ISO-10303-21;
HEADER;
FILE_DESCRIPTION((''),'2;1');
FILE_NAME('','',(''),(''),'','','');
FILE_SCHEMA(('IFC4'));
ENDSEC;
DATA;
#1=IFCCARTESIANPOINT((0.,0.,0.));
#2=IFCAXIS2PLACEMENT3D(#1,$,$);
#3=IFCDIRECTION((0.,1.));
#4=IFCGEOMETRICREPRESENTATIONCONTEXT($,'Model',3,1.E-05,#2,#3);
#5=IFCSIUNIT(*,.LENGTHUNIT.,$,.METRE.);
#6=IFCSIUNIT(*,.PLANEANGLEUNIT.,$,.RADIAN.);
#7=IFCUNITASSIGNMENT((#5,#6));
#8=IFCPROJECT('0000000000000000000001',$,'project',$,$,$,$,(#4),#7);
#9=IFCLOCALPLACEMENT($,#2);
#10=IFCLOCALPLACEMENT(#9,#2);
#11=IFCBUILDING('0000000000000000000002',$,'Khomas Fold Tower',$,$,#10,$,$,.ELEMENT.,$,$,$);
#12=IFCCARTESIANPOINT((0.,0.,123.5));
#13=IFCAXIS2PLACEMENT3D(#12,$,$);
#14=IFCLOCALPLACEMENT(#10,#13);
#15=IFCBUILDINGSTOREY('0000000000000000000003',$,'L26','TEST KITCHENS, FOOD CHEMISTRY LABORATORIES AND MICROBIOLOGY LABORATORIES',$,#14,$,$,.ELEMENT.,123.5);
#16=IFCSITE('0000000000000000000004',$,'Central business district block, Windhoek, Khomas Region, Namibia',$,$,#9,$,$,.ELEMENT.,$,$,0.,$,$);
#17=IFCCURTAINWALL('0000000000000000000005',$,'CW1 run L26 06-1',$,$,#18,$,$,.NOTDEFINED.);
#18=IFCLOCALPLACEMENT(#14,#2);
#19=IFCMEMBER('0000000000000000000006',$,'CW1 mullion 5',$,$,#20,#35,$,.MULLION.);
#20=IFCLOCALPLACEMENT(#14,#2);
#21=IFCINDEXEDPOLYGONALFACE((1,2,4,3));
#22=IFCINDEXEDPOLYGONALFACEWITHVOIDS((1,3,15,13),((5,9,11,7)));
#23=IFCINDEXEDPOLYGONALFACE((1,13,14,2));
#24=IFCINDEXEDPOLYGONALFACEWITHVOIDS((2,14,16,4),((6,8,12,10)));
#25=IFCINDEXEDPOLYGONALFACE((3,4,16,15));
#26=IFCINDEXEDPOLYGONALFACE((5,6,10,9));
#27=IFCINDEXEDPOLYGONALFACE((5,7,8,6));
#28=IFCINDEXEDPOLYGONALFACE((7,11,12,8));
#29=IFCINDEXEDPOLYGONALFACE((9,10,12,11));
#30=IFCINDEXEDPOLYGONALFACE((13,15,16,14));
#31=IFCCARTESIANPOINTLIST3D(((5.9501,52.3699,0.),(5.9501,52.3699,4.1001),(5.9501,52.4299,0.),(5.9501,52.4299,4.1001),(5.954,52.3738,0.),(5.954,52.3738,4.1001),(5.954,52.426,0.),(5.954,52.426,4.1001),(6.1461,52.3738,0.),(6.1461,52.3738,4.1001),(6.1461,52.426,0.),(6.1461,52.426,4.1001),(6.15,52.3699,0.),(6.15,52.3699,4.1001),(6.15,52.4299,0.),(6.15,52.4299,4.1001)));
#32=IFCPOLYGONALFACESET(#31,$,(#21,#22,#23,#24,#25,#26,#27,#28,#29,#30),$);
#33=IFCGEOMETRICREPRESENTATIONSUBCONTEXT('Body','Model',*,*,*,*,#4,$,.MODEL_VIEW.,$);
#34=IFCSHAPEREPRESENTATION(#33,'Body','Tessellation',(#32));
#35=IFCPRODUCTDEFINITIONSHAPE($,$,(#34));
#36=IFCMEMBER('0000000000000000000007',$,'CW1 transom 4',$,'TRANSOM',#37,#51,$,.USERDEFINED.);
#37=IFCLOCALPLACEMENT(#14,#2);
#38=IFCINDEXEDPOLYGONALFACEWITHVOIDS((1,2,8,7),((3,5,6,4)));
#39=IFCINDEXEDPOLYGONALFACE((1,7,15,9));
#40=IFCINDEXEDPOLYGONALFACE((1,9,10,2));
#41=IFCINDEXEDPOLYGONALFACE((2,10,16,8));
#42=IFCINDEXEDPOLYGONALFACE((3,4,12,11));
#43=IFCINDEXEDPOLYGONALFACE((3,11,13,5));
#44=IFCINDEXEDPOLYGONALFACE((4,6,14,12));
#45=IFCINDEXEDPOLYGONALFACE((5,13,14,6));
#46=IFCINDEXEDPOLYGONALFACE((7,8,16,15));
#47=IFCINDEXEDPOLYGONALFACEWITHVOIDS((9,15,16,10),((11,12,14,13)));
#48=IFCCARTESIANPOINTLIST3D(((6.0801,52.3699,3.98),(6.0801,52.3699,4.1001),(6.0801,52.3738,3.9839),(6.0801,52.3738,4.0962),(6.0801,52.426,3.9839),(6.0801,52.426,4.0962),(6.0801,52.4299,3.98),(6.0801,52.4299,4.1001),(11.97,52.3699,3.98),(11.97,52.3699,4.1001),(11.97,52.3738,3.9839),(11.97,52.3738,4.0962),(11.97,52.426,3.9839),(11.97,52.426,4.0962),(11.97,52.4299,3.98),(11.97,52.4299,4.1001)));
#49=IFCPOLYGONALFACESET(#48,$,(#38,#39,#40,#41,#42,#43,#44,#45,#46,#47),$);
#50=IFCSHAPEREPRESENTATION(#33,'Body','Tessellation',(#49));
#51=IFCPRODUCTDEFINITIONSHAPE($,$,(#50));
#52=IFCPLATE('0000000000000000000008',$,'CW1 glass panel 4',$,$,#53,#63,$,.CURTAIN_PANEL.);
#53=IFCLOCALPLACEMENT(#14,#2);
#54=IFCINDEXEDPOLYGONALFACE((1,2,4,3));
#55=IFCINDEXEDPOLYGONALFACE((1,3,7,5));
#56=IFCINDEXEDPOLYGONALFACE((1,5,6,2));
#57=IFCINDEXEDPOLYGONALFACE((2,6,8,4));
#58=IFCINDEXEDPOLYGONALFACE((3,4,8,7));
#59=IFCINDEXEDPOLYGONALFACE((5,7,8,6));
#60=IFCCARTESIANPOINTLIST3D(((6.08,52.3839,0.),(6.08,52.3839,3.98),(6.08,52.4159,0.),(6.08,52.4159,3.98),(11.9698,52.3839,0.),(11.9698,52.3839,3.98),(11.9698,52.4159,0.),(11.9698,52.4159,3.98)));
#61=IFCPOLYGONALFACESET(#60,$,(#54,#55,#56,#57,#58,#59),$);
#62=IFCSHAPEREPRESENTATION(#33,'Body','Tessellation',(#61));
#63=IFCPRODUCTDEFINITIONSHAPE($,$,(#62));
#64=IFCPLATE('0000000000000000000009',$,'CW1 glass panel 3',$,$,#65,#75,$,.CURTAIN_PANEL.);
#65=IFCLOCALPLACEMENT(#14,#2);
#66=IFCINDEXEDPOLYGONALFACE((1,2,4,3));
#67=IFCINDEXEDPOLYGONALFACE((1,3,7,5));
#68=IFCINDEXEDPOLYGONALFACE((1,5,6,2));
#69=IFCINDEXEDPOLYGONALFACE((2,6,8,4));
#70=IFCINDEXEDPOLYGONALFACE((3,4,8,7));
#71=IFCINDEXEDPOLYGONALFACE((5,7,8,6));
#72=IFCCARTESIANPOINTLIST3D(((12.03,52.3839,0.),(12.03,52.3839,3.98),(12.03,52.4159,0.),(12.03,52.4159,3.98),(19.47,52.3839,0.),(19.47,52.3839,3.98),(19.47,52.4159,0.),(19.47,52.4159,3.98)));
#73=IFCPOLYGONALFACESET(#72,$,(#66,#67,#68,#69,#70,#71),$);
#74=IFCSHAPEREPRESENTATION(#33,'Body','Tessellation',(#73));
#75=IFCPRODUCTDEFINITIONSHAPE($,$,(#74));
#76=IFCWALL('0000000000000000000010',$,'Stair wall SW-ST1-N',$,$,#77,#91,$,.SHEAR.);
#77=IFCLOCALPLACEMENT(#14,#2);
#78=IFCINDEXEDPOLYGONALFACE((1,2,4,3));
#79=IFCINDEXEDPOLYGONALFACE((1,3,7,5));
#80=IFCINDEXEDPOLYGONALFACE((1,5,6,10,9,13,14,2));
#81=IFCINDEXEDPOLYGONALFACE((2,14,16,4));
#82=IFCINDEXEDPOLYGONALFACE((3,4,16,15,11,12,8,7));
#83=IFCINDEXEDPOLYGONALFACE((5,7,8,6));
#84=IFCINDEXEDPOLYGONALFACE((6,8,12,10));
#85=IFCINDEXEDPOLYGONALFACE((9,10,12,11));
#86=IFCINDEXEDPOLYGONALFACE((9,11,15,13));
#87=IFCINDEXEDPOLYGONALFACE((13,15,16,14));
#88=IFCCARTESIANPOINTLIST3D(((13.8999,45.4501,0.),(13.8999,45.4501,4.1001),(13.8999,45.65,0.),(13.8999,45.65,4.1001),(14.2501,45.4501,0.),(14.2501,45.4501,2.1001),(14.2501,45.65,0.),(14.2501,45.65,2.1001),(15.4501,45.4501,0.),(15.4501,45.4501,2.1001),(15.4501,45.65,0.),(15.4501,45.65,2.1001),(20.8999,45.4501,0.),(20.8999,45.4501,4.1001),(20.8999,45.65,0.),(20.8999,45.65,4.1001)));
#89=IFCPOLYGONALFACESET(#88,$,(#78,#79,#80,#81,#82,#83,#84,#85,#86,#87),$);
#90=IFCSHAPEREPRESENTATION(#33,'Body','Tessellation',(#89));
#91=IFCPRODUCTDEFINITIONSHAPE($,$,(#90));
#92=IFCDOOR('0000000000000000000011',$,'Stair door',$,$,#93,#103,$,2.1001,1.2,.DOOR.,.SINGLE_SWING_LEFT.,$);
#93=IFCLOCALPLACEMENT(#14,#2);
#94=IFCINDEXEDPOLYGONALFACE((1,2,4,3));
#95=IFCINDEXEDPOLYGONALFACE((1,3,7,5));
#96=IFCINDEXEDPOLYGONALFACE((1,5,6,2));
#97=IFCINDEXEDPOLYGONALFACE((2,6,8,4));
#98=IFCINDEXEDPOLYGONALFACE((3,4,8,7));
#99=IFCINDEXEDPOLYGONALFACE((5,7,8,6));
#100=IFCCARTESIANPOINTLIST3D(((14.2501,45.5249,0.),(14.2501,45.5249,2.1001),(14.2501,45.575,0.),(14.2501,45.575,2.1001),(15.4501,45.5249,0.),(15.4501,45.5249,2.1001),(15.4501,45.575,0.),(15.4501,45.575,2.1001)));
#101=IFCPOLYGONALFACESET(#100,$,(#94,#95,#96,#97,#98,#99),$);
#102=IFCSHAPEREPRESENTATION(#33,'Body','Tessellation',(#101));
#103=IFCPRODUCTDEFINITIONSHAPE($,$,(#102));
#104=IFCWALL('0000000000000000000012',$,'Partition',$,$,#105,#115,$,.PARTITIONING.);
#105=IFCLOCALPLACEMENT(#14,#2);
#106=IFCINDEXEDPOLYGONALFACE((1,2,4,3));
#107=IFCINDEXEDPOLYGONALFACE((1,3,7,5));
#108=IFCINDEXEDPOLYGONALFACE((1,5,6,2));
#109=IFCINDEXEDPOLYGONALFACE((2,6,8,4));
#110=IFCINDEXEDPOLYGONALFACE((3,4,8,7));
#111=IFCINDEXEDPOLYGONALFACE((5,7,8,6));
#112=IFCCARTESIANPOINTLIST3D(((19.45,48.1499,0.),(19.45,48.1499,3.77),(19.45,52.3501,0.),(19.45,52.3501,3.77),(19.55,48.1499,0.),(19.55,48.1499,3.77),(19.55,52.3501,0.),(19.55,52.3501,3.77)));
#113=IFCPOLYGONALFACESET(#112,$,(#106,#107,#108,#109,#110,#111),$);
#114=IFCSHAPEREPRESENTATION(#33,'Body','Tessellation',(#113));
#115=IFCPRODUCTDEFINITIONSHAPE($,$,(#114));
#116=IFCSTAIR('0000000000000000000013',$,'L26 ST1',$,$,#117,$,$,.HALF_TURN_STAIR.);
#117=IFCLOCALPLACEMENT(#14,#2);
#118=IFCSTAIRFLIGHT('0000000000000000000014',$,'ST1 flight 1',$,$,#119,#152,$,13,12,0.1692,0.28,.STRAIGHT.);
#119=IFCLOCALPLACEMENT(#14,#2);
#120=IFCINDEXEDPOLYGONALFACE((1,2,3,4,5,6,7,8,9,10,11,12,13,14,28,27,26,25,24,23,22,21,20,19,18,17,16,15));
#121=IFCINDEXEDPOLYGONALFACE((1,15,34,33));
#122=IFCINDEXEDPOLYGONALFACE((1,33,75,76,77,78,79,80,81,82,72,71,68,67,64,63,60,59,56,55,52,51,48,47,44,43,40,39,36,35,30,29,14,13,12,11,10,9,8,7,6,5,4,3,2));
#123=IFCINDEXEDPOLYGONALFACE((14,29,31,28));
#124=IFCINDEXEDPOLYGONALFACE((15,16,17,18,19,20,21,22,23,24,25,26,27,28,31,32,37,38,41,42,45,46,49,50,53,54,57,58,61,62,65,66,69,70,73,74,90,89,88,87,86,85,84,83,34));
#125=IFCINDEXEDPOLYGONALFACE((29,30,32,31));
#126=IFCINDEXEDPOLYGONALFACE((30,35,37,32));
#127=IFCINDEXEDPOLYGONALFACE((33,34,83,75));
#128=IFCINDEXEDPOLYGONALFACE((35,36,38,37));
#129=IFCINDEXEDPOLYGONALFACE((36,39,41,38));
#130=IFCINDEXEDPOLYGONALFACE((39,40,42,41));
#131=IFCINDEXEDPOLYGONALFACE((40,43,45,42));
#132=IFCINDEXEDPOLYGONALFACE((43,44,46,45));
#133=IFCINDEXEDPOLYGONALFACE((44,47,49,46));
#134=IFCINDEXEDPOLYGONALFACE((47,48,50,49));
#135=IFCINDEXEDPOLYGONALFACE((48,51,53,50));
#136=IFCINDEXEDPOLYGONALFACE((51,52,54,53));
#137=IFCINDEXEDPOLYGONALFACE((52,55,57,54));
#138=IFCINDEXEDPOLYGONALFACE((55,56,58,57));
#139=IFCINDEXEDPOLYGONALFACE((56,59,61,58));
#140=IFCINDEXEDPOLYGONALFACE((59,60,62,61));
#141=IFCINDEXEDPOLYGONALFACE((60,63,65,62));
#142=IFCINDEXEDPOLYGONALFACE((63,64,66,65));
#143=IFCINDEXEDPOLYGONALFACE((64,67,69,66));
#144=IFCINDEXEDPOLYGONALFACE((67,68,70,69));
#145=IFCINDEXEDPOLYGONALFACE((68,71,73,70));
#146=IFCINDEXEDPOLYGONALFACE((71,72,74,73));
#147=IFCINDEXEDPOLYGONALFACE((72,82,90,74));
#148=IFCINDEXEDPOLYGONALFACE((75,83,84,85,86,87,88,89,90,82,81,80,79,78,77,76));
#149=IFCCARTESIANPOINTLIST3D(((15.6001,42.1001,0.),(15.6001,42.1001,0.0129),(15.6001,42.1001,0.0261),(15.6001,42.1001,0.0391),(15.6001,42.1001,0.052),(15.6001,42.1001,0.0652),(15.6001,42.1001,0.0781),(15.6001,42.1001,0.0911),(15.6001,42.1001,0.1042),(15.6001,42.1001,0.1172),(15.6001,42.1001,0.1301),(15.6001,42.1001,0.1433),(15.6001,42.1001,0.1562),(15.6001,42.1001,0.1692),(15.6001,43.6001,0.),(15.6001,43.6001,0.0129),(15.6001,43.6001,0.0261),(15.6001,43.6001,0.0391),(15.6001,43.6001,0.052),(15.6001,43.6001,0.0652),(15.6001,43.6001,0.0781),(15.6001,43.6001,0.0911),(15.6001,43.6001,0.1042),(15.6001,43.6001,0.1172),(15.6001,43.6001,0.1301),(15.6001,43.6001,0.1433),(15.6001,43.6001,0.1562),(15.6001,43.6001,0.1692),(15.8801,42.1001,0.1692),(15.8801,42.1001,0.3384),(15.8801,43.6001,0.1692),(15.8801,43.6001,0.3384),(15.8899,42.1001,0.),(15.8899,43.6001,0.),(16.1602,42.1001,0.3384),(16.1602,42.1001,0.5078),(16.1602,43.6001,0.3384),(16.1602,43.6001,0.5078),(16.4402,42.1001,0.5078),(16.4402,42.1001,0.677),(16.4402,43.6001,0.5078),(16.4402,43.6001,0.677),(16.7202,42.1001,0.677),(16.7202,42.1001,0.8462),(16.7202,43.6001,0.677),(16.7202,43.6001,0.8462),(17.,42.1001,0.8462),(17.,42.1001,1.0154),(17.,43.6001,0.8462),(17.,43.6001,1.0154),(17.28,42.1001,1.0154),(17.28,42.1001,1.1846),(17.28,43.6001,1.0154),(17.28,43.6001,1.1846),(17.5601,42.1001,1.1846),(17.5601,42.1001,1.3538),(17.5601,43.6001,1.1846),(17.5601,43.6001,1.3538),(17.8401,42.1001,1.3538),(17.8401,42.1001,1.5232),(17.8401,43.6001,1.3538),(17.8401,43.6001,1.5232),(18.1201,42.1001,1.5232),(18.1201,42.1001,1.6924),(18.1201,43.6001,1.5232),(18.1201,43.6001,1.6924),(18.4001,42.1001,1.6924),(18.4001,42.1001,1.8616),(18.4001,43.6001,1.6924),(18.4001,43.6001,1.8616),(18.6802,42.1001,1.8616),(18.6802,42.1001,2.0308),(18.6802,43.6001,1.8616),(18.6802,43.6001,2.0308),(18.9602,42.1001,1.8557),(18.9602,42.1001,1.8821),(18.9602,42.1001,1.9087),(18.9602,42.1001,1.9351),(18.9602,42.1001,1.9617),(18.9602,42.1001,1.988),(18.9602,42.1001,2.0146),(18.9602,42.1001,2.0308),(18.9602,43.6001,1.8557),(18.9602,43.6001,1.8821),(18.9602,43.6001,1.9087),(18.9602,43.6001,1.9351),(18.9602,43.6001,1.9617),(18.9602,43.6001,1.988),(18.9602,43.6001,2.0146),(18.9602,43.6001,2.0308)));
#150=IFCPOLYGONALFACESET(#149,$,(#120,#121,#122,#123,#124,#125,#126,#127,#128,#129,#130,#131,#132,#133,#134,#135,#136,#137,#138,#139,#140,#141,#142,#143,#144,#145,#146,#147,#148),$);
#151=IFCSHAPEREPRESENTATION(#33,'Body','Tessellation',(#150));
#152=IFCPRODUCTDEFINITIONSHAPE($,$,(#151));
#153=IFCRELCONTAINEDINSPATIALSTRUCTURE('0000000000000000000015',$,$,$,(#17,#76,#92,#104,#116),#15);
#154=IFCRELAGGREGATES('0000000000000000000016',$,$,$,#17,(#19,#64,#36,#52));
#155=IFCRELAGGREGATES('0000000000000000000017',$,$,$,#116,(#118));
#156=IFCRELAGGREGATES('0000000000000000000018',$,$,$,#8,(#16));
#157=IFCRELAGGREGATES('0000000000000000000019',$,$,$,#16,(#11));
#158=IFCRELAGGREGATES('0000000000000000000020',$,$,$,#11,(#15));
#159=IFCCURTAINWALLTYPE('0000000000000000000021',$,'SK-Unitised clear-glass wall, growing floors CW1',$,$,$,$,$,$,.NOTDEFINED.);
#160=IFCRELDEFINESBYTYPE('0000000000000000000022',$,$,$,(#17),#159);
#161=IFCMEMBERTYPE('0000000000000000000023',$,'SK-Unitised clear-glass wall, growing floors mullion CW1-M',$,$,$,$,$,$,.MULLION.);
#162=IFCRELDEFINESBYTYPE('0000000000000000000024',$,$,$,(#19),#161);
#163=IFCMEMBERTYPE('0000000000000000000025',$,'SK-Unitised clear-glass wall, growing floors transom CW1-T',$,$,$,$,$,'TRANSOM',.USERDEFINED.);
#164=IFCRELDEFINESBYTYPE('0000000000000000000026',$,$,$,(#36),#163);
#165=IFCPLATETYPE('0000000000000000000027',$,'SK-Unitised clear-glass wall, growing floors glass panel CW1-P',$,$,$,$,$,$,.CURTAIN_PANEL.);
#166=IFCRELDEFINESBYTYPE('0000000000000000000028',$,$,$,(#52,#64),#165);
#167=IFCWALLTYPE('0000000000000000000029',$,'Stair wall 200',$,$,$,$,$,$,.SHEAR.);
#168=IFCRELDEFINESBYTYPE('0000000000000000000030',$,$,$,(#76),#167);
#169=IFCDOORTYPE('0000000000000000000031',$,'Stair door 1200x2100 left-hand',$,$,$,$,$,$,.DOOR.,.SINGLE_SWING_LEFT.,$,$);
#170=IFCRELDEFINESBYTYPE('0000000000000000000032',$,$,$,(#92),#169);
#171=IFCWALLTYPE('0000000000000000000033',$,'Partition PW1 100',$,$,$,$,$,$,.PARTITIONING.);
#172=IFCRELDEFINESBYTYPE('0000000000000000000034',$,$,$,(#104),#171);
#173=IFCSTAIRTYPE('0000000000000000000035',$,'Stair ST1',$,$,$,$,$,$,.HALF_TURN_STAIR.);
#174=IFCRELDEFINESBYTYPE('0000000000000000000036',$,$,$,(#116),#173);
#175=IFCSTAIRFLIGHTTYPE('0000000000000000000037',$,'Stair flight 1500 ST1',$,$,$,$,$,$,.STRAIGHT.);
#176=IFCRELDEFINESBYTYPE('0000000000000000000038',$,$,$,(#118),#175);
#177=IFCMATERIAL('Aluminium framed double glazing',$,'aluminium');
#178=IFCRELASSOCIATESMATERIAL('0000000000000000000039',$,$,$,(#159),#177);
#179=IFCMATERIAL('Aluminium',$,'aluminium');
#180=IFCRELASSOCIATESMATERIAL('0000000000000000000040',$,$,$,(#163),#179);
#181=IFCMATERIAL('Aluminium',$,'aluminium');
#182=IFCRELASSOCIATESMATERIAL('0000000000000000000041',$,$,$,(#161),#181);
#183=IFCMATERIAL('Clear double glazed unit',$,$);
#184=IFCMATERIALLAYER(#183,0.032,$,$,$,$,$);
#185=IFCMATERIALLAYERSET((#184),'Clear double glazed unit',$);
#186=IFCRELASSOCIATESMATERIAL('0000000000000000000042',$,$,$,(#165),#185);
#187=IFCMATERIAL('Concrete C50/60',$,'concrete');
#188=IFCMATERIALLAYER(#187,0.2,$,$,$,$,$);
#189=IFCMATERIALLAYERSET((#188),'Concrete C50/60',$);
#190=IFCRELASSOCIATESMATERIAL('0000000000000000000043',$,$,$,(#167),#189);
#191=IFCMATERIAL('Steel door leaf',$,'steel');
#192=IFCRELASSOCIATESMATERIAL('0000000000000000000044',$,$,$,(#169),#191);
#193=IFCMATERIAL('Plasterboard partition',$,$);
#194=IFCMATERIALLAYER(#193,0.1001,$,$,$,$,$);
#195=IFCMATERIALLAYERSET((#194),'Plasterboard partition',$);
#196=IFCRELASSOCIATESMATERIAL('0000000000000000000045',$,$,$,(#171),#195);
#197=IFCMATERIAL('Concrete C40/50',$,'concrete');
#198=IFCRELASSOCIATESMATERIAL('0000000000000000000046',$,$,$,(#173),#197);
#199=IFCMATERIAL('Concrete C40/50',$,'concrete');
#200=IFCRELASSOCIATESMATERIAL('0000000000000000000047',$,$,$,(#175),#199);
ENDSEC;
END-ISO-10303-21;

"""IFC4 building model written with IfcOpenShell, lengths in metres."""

from ifc_helpers import new_model, si_unit, direction, frame, frame_2d, origin, origin_2d, place, context, subcontext, project, spatial, polyline, rectangle, hollow_rectangle, outline, extrude, source, transform, mapped, material, layer, layer_set, material_profile, profile_set, type_object, element, fill, aggregate, save


model = new_model("IFC4")

# Units and contexts
model_context = context("Model", 3, precision=1e-05, world=origin(), true_north=direction((0.0, 1.0)))
body_context = subcontext(model_context, "Body", "Model", "MODEL_VIEW")
ifc_project = project(units=[si_unit("LENGTHUNIT", "METRE"), si_unit("PLANEANGLEUNIT", "RADIAN")], contexts=[model_context])

# Site, building, storey
site_placement = place(None, origin())
site = spatial("IfcSite", under=ifc_project, at=site_placement, Name="Central business district block, Windhoek, Khomas Region, Namibia", CompositionType="ELEMENT", RefElevation=0.0)
building_placement = place(site_placement, origin())
building = spatial("IfcBuilding", under=site, at=building_placement, Name="Khomas Fold Tower", CompositionType="ELEMENT")
storey_placement = place(building_placement, frame((0.0, 0.0, 123.5)))
storey = spatial("IfcBuildingStorey", under=building, at=storey_placement, Name="L26", Description="TEST KITCHENS, FOOD CHEMISTRY LABORATORIES AND MICROBIOLOGY LABORATORIES", CompositionType="ELEMENT", Elevation=123.5)

# Curtain wall, members, plates
ifc_material_1 = material(Name="Aluminium framed double glazing", Category="aluminium")
curtain_wall_type = type_object("IfcCurtainWallType", Name="SK-Unitised clear-glass wall, growing floors CW1", PredefinedType="NOTDEFINED", material=ifc_material_1)
curtain_wall_placement = place(storey_placement, origin())
curtain_wall = element("IfcCurtainWall", 1, at=curtain_wall_placement, inside=storey, type_object=curtain_wall_type, Name="CW1 run L26 06-1", PredefinedType="NOTDEFINED")
ifc_material_2 = material(Name="Aluminium", Category="aluminium")
ifc_material_profile_1 = material_profile(ifc_material_2, hollow_rectangle(XDim=0.0601, YDim=0.1201, WallThickness=0.0039, at=origin_2d()), Name="SK-Unitised clear-glass wall, growing floors transom CW1-T")
ifc_profile_set_1 = profile_set([ifc_material_profile_1], Name="Aluminium")
member_type_1 = type_object("IfcMemberType", Name="SK-Unitised clear-glass wall, growing floors transom CW1-T", ElementType="TRANSOM", PredefinedType="USERDEFINED", material=ifc_profile_set_1)
ifc_material_3 = material(Name="Aluminium", Category="aluminium")
ifc_material_profile_2 = material_profile(ifc_material_3, hollow_rectangle(XDim=0.0601, YDim=0.2, WallThickness=0.0039, at=origin_2d()), Name="SK-Unitised clear-glass wall, growing floors mullion CW1-M")
ifc_profile_set_2 = profile_set([ifc_material_profile_2], Name="Aluminium")
member_type_2 = type_object("IfcMemberType", Name="SK-Unitised clear-glass wall, growing floors mullion CW1-M", PredefinedType="MULLION", material=ifc_profile_set_2)
shared_shape_1 = source(origin(), body_context, "Body", "SweptSolid", [
    extrude(hollow_rectangle(XDim=0.0601, YDim=0.2, WallThickness=0.0039, at=origin_2d()), origin(), (0.0, 0.0, 1.0), 4.1001),
])
member_1_placement = place(storey_placement, frame((6.05, 52.3999, 0.0), z_axis=(0.0, 0.0, 1.0), x_axis=(0.0, -1.0, 0.0)))
member_1 = element("IfcMember", 2, at=member_1_placement, type_object=member_type_2, Name="CW1 mullion 5", PredefinedType="MULLION", context=body_context, shape_type="MappedRepresentation", body=[
    mapped(shared_shape_1, transform((0.0, 0.0, 0.0))),
])
shared_shape_2 = source(origin(), body_context, "Body", "SweptSolid", [
    extrude(hollow_rectangle(XDim=0.0601, YDim=0.1201, WallThickness=0.0039, at=origin_2d()), origin(), (0.0, 0.0, 1.0), 5.8899),
])
member_2_placement = place(storey_placement, frame((11.97, 52.3999, 4.04), z_axis=(-1.0, 0.0, 0.0), x_axis=(0.0, -1.0, 0.0)))
member_2 = element("IfcMember", 3, at=member_2_placement, type_object=member_type_1, Name="CW1 transom 4", ObjectType="TRANSOM", PredefinedType="USERDEFINED", context=body_context, shape_type="MappedRepresentation", body=[
    mapped(shared_shape_2, transform((0.0, 0.0, 0.0))),
])
ifc_material_4 = material(Name="Clear double glazed unit")
ifc_layer_1 = layer(ifc_material_4, 0.032)
ifc_layer_set_1 = layer_set([ifc_layer_1], Name="Clear double glazed unit")
plate_type = type_object("IfcPlateType", Name="SK-Unitised clear-glass wall, growing floors glass panel CW1-P", PredefinedType="CURTAIN_PANEL", material=ifc_layer_set_1)
shared_shape_3 = source(origin(), body_context, "Body", "SweptSolid", [
    extrude(rectangle(XDim=5.8899, YDim=0.032, at=origin_2d()), origin(), (0.0, 0.0, 1.0), 3.98),
])
plate_1_placement = place(storey_placement, frame((9.0249, 52.3999, 0.0), z_axis=(0.0, 0.0, 1.0), x_axis=(-1.0, 0.0, 0.0)))
plate_1 = element("IfcPlate", 4, at=plate_1_placement, type_object=plate_type, Name="CW1 glass panel 4", PredefinedType="CURTAIN_PANEL", context=body_context, shape_type="MappedRepresentation", body=[
    mapped(shared_shape_3, transform((0.0, 0.0, 0.0))),
])
shared_shape_4 = source(origin(), body_context, "Body", "SweptSolid", [
    extrude(rectangle(XDim=7.4399, YDim=0.032, at=origin_2d()), origin(), (0.0, 0.0, 1.0), 3.98),
])
plate_2_placement = place(storey_placement, frame((15.75, 52.3999, 0.0), z_axis=(0.0, 0.0, 1.0), x_axis=(-1.0, 0.0, 0.0)))
plate_2 = element("IfcPlate", 5, at=plate_2_placement, type_object=plate_type, Name="CW1 glass panel 3", PredefinedType="CURTAIN_PANEL", context=body_context, shape_type="MappedRepresentation", body=[
    mapped(shared_shape_4, transform((0.0, 0.0, 0.0))),
])
aggregate(curtain_wall, [member_1, plate_2, member_2, plate_1])

# Wall, opening, door
ifc_material_5 = material(Name="Concrete C50/60", Category="concrete")
ifc_layer_2 = layer(ifc_material_5, 0.2)
ifc_layer_set_2 = layer_set([ifc_layer_2], Name="Concrete C50/60")
wall_type_1 = type_object("IfcWallType", Name="Stair wall 200", PredefinedType="SHEAR", material=ifc_layer_set_2)
shared_shape_5 = source(origin(), body_context, "Body", "SweptSolid", [
    extrude(rectangle(XDim=7.0, YDim=0.2, at=frame_2d((3.5, 0.0))), origin(), (0.0, 0.0, 1.0), 4.1001),
])
wall_1_placement = place(storey_placement, frame((13.8999, 45.55, 0.0), z_axis=(0.0, 0.0, 1.0), x_axis=(1.0, 0.0, 0.0)))
wall_1 = element("IfcWall", 6, at=wall_1_placement, inside=storey, type_object=wall_type_1, Name="Stair wall SW-ST1-N", PredefinedType="SHEAR", context=body_context, shape_type="MappedRepresentation", body=[
    mapped(shared_shape_5, transform((0.0, 0.0, 0.0))),
])
shared_shape_6 = source(origin(), body_context, "Body", "SweptSolid", [
    extrude(rectangle(XDim=1.2, YDim=2.1001, at=frame_2d((0.6001, 1.05))), frame((0.0, 0.1099, 0.0), z_axis=(0.0, -1.0, 0.0), x_axis=(1.0, 0.0, 0.0)), (0.0, 0.0, 1.0), 0.22),
])
opening_placement = place(wall_1_placement, frame((0.3501, 0.0, 0.0)))
opening = element("IfcOpeningElement", 7, at=opening_placement, cuts=wall_1, PredefinedType="OPENING", context=body_context, shape_type="MappedRepresentation", body=[
    mapped(shared_shape_6, transform((0.0, 0.0, 0.0))),
])
ifc_material_6 = material(Name="Steel door leaf", Category="steel")
door_type = type_object("IfcDoorType", Name="Stair door 1200x2100 left-hand", OperationType="SINGLE_SWING_LEFT", PredefinedType="DOOR", material=ifc_material_6)
shared_shape_7 = source(origin(), body_context, "Body", "SweptSolid", [
    extrude(rectangle(XDim=1.2, YDim=2.1001, at=frame_2d((0.6001, 1.05))), frame((0.0, 0.0249, 0.0), z_axis=(0.0, -1.0, 0.0), x_axis=(1.0, 0.0, 0.0)), (0.0, 0.0, 1.0), 0.05),
])
door_placement = place(opening_placement, origin())
door = element("IfcDoor", 8, at=door_placement, inside=storey, type_object=door_type, Name="Stair door", OperationType="SINGLE_SWING_LEFT", OverallHeight=2.1001, OverallWidth=1.2, PredefinedType="DOOR", context=body_context, shape_type="MappedRepresentation", body=[
    mapped(shared_shape_7, transform((0.0, 0.0, 0.0))),
])
fill(opening, door)

# Wall
ifc_material_7 = material(Name="Plasterboard partition")
ifc_layer_3 = layer(ifc_material_7, 0.1001)
ifc_layer_set_3 = layer_set([ifc_layer_3], Name="Plasterboard partition")
wall_type_2 = type_object("IfcWallType", Name="Partition PW1 100", PredefinedType="PARTITIONING", material=ifc_layer_set_3)
shared_shape_8 = source(origin(), body_context, "Body", "SweptSolid", [
    extrude(rectangle(XDim=4.2002, YDim=0.1001, at=frame_2d((2.1001, 0.0))), origin(), (0.0, 0.0, 1.0), 3.77),
])
wall_2_placement = place(storey_placement, frame((19.5, 48.1499, 0.0), z_axis=(0.0, 0.0, 1.0), x_axis=(0.0, 1.0, 0.0)))
element("IfcWall", 9, at=wall_2_placement, inside=storey, type_object=wall_type_2, Name="Partition", PredefinedType="PARTITIONING", context=body_context, shape_type="MappedRepresentation", body=[
    mapped(shared_shape_8, transform((0.0, 0.0, 0.0))),
])

# Stair, stair flight
ifc_material_8 = material(Name="Concrete C40/50", Category="concrete")
stair_type = type_object("IfcStairType", Name="Stair ST1", PredefinedType="HALF_TURN_STAIR", material=ifc_material_8)
stair_placement = place(storey_placement, origin())
stair = element("IfcStair", 10, at=stair_placement, inside=storey, type_object=stair_type, Name="L26 ST1", PredefinedType="HALF_TURN_STAIR")
ifc_material_9 = material(Name="Concrete C40/50", Category="concrete")
stair_flight_type = type_object("IfcStairFlightType", Name="Stair flight 1500 ST1", PredefinedType="STRAIGHT", material=ifc_material_9)
shared_shape_9 = source(origin(), body_context, "Body", "SweptSolid", [
    extrude(outline(polyline([(0.0, 0.0), (0.0, 0.0129), (0.0, 0.0261), (0.0, 0.0391), (0.0, 0.052), (0.0, 0.0652), (0.0, 0.0781), (0.0, 0.0911), (0.0, 0.1042), (0.0, 0.1172), (0.0, 0.1301), (0.0, 0.1433), (0.0, 0.1562), (0.0, 0.1692), (0.28, 0.1692), (0.28, 0.3384), (0.5601, 0.3384), (0.5601, 0.5078), (0.8401, 0.5078), (0.8401, 0.677), (1.1201, 0.677), (1.1201, 0.8462), (1.3999, 0.8462), (1.3999, 1.0154), (1.6799, 1.0154), (1.6799, 1.1846), (1.96, 1.1846), (1.96, 1.3538), (2.24, 1.3538), (2.24, 1.5232), (2.52, 1.5232), (2.52, 1.6924), (2.8, 1.6924), (2.8, 1.8616), (3.0801, 1.8616), (3.0801, 2.0308), (3.3601, 2.0308), (3.3601, 2.2), (3.3601, 2.1736), (3.3601, 2.147), (3.3601, 2.1206), (3.3601, 2.094), (3.3601, 2.0676), (3.3601, 2.041), (3.3601, 2.0146), (3.3601, 1.988), (3.3601, 1.9617), (3.3601, 1.9351), (3.3601, 1.9087), (3.3601, 1.8821), (3.3601, 1.8557), (0.2898, 0.0), (0.0, 0.0)])), frame((0.0, 0.75, 0.0), z_axis=(0.0, -1.0, 0.0), x_axis=(1.0, 0.0, 0.0)), (0.0, 0.0, 1.0), 1.5),
])
stair_flight_1_placement = place(storey_placement, frame((15.6001, 42.8501, 0.0), z_axis=(0.0, 0.0, 1.0), x_axis=(1.0, 0.0, 0.0)))
stair_flight_1 = element("IfcStairFlight", 11, at=stair_flight_1_placement, type_object=stair_flight_type, Name="ST1 flight 1", NumberOfRisers=13, NumberOfTreads=12, PredefinedType="STRAIGHT", RiserHeight=0.1692, TreadLength=0.28, context=body_context, shape_type="MappedRepresentation", body=[
    mapped(shared_shape_9, transform((0.0, 0.0, 0.0))),
])
aggregate(stair, [stair_flight_1])

save(model, "model.ifc")
